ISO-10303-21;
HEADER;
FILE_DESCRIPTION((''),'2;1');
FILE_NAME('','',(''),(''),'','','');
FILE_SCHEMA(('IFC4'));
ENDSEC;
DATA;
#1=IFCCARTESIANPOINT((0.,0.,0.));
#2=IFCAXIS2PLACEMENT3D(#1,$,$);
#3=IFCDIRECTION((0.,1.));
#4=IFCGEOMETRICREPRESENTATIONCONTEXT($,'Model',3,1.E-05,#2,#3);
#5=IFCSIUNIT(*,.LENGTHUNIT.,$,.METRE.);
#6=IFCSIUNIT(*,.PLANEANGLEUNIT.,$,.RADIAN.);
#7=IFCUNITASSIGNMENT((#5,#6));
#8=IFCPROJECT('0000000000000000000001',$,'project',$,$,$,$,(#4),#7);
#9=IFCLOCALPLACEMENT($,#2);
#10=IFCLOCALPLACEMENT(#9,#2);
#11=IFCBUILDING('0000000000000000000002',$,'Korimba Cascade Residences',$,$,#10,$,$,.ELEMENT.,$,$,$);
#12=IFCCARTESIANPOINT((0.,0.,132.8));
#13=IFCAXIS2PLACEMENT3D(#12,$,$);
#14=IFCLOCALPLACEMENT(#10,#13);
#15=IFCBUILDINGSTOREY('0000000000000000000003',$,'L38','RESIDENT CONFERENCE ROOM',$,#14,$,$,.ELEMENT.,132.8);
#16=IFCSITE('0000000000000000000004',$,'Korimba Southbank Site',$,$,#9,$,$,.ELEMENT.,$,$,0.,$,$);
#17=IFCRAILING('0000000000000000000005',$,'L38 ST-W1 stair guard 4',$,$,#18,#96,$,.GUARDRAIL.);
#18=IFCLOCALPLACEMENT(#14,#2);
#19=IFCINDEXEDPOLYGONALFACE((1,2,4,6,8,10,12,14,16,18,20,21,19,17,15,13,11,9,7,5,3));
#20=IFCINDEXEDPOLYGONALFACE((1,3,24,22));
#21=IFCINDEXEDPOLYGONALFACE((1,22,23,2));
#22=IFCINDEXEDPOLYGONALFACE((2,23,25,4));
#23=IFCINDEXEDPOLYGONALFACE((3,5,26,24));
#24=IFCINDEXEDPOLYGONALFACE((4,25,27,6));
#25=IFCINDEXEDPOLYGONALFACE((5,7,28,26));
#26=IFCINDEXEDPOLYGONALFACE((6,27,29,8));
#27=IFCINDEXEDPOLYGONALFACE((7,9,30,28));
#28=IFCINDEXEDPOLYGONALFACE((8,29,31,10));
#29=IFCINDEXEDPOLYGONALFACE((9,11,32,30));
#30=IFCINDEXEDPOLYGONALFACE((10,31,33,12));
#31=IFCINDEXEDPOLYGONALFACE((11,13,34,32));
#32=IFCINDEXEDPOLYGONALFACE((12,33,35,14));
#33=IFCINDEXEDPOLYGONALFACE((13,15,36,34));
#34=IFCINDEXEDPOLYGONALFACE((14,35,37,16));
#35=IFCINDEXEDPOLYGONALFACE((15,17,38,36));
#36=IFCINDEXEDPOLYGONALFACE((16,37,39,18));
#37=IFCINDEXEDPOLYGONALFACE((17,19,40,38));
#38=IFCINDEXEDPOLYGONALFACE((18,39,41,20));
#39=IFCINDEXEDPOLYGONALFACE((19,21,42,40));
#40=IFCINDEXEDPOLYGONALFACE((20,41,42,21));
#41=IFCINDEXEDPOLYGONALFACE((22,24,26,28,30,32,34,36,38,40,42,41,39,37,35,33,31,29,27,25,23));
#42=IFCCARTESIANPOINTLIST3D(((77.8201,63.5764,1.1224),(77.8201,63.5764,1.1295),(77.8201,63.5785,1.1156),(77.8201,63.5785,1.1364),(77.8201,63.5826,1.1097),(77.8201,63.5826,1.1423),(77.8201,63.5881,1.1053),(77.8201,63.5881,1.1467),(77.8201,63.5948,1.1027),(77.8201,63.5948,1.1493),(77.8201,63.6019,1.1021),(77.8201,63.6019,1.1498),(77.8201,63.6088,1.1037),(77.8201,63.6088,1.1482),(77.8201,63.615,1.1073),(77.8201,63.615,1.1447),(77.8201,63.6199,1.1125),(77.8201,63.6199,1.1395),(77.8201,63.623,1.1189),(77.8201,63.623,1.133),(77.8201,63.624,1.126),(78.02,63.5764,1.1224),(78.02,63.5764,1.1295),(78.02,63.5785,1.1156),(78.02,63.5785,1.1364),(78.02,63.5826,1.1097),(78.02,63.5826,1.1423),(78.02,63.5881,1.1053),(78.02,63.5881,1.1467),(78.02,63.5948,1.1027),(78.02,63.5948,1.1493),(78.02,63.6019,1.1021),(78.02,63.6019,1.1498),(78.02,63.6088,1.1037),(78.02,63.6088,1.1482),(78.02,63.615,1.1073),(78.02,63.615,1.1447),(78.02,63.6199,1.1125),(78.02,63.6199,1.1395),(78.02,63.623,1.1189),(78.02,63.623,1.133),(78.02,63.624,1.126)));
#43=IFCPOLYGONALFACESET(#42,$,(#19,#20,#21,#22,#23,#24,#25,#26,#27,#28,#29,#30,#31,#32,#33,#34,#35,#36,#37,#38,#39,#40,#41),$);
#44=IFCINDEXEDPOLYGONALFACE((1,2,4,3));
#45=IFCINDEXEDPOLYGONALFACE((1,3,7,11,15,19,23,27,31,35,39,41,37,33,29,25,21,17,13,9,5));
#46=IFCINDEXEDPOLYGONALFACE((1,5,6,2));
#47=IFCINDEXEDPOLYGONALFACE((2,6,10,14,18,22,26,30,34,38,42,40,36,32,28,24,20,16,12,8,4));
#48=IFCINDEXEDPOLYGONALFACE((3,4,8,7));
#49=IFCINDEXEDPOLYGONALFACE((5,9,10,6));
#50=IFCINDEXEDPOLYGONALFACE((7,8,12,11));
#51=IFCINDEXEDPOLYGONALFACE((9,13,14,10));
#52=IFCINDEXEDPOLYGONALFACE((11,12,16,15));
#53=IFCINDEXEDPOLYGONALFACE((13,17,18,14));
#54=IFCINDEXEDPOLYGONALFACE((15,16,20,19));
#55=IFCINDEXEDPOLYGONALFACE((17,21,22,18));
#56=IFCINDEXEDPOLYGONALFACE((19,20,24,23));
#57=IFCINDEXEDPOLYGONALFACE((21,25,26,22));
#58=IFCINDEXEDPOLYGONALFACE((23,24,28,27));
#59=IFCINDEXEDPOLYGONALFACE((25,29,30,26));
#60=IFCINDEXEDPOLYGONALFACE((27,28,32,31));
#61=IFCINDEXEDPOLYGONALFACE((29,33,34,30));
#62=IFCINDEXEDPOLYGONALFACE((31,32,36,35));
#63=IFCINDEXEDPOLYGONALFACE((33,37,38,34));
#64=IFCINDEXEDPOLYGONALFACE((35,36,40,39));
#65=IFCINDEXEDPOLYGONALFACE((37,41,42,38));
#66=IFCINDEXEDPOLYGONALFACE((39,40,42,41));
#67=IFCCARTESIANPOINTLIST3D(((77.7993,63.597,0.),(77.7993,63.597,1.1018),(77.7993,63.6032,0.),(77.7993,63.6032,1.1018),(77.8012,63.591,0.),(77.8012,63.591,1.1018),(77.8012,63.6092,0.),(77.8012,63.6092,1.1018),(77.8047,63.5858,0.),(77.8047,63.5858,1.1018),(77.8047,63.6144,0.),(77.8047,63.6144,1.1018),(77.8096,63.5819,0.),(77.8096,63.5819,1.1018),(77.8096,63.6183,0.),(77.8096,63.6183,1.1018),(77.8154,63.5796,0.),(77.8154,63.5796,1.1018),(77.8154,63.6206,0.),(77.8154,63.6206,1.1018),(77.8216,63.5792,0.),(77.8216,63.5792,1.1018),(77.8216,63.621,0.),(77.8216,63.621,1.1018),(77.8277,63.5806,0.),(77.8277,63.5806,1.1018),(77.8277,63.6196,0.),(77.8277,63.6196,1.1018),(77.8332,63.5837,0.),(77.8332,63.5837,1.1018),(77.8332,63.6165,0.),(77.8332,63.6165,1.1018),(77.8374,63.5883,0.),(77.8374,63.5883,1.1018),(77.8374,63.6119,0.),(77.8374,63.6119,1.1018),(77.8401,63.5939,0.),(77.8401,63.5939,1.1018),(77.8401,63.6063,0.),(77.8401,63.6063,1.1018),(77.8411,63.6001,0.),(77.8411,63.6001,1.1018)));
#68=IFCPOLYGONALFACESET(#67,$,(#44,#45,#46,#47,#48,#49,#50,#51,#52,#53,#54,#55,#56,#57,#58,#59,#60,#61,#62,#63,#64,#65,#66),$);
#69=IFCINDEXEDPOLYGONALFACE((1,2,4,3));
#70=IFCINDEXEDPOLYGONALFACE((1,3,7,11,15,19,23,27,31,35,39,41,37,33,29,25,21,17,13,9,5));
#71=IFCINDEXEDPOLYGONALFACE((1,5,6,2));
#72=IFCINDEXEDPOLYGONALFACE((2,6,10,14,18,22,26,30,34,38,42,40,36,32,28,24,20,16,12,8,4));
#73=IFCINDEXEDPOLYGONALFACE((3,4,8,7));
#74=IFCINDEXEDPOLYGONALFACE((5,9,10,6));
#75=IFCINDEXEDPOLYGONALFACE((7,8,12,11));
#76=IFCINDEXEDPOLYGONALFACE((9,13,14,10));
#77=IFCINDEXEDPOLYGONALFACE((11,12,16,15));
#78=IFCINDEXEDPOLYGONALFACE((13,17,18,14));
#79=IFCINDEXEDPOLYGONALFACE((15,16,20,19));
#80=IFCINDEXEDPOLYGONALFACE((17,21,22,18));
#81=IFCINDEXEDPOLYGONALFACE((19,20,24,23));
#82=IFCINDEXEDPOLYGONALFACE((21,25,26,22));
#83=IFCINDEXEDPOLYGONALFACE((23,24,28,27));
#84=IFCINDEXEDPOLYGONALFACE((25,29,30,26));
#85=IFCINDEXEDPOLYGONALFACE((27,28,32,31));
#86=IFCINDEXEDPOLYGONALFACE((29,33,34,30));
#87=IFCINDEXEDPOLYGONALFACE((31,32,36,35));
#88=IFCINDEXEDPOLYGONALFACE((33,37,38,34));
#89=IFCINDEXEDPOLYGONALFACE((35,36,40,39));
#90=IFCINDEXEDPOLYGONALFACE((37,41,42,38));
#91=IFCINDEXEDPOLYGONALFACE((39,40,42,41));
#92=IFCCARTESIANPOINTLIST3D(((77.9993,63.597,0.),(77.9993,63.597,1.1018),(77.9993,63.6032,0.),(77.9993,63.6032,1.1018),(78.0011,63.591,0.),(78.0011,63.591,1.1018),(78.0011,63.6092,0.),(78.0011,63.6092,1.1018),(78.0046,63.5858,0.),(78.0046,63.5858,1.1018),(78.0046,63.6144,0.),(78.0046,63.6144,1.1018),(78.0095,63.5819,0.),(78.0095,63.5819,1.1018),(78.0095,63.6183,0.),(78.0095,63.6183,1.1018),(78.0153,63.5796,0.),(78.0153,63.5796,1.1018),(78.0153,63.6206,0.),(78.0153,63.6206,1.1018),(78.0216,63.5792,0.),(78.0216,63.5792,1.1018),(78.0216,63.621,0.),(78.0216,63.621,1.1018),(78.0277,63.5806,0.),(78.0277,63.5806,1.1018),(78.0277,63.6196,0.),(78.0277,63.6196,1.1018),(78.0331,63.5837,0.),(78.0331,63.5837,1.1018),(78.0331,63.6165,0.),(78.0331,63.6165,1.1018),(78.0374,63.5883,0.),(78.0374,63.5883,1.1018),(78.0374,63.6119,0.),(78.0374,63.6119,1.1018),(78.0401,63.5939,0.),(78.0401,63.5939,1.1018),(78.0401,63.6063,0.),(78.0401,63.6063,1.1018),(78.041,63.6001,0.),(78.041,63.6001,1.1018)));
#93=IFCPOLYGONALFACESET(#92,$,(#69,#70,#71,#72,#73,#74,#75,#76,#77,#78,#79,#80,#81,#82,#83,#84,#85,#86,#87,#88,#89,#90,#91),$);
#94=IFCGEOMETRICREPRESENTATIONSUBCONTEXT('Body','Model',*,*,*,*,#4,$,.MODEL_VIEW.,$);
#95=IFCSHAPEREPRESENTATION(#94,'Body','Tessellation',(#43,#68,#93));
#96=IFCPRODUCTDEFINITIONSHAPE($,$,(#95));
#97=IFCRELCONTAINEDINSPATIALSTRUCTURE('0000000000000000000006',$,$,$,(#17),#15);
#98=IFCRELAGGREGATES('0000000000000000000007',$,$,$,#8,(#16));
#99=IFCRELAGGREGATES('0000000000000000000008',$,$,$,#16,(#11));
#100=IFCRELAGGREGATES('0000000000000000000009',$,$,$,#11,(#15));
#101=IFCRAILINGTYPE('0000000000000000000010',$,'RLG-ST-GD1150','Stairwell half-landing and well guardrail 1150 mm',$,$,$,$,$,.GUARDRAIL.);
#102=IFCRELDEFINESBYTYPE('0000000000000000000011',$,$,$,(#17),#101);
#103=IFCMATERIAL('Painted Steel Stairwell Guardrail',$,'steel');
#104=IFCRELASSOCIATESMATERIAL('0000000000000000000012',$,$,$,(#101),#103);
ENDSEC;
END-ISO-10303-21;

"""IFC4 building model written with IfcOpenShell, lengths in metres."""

from ifc_helpers import new_model, si_unit, direction, frame, origin, origin_2d, place, context, subcontext, project, spatial, circle, extrude, material, type_object, element, save


model = new_model("IFC4")

# Units and contexts
model_context = context("Model", 3, precision=1e-05, world=origin(), true_north=direction((0.0, 1.0)))
body_context = subcontext(model_context, "Body", "Model", "MODEL_VIEW")
ifc_project = project(units=[si_unit("LENGTHUNIT", "METRE"), si_unit("PLANEANGLEUNIT", "RADIAN")], contexts=[model_context])

# Site, building, storey
site_placement = place(None, origin())
site = spatial("IfcSite", under=ifc_project, at=site_placement, Name="Korimba Southbank Site", CompositionType="ELEMENT", RefElevation=0.0)
building_placement = place(site_placement, origin())
building = spatial("IfcBuilding", under=site, at=building_placement, Name="Korimba Cascade Residences", CompositionType="ELEMENT")
storey_placement = place(building_placement, frame((0.0, 0.0, 132.8)))
storey = spatial("IfcBuildingStorey", under=building, at=storey_placement, Name="L38", Description="RESIDENT CONFERENCE ROOM", CompositionType="ELEMENT", Elevation=132.8)

# Railing
ifc_material_1 = material(Name="Painted Steel Stairwell Guardrail", Category="steel")
railing_type_1 = type_object("IfcRailingType", Name="RLG-ST-GD1150", Description="Stairwell half-landing and well guardrail 1150 mm", PredefinedType="GUARDRAIL", material=ifc_material_1)
railing_1_placement = place(storey_placement, frame((77.8201, 63.6001, 0.0)))
element("IfcRailing", 1, at=railing_1_placement, inside=storey, type_object=railing_type_1, Name="L38 ST-W1 stair guard 4", PredefinedType="GUARDRAIL", context=body_context, shape_type="SweptSolid", body=[
    extrude(circle(Radius=0.0239, at=origin_2d()), frame((0.0, 0.0, 1.126), z_axis=(1.0, 0.0, 0.0), x_axis=(0.0, 1.0, 0.0)), (0.0, 0.0, 1.0), 0.2),
    extrude(circle(Radius=0.021, at=origin_2d()), origin(), (0.0, 0.0, 1.0), 1.1018),
    extrude(circle(Radius=0.021, at=origin_2d()), frame((0.2, 0.0, 0.0)), (0.0, 0.0, 1.0), 1.1018),
])

save(model, "model.ifc")
